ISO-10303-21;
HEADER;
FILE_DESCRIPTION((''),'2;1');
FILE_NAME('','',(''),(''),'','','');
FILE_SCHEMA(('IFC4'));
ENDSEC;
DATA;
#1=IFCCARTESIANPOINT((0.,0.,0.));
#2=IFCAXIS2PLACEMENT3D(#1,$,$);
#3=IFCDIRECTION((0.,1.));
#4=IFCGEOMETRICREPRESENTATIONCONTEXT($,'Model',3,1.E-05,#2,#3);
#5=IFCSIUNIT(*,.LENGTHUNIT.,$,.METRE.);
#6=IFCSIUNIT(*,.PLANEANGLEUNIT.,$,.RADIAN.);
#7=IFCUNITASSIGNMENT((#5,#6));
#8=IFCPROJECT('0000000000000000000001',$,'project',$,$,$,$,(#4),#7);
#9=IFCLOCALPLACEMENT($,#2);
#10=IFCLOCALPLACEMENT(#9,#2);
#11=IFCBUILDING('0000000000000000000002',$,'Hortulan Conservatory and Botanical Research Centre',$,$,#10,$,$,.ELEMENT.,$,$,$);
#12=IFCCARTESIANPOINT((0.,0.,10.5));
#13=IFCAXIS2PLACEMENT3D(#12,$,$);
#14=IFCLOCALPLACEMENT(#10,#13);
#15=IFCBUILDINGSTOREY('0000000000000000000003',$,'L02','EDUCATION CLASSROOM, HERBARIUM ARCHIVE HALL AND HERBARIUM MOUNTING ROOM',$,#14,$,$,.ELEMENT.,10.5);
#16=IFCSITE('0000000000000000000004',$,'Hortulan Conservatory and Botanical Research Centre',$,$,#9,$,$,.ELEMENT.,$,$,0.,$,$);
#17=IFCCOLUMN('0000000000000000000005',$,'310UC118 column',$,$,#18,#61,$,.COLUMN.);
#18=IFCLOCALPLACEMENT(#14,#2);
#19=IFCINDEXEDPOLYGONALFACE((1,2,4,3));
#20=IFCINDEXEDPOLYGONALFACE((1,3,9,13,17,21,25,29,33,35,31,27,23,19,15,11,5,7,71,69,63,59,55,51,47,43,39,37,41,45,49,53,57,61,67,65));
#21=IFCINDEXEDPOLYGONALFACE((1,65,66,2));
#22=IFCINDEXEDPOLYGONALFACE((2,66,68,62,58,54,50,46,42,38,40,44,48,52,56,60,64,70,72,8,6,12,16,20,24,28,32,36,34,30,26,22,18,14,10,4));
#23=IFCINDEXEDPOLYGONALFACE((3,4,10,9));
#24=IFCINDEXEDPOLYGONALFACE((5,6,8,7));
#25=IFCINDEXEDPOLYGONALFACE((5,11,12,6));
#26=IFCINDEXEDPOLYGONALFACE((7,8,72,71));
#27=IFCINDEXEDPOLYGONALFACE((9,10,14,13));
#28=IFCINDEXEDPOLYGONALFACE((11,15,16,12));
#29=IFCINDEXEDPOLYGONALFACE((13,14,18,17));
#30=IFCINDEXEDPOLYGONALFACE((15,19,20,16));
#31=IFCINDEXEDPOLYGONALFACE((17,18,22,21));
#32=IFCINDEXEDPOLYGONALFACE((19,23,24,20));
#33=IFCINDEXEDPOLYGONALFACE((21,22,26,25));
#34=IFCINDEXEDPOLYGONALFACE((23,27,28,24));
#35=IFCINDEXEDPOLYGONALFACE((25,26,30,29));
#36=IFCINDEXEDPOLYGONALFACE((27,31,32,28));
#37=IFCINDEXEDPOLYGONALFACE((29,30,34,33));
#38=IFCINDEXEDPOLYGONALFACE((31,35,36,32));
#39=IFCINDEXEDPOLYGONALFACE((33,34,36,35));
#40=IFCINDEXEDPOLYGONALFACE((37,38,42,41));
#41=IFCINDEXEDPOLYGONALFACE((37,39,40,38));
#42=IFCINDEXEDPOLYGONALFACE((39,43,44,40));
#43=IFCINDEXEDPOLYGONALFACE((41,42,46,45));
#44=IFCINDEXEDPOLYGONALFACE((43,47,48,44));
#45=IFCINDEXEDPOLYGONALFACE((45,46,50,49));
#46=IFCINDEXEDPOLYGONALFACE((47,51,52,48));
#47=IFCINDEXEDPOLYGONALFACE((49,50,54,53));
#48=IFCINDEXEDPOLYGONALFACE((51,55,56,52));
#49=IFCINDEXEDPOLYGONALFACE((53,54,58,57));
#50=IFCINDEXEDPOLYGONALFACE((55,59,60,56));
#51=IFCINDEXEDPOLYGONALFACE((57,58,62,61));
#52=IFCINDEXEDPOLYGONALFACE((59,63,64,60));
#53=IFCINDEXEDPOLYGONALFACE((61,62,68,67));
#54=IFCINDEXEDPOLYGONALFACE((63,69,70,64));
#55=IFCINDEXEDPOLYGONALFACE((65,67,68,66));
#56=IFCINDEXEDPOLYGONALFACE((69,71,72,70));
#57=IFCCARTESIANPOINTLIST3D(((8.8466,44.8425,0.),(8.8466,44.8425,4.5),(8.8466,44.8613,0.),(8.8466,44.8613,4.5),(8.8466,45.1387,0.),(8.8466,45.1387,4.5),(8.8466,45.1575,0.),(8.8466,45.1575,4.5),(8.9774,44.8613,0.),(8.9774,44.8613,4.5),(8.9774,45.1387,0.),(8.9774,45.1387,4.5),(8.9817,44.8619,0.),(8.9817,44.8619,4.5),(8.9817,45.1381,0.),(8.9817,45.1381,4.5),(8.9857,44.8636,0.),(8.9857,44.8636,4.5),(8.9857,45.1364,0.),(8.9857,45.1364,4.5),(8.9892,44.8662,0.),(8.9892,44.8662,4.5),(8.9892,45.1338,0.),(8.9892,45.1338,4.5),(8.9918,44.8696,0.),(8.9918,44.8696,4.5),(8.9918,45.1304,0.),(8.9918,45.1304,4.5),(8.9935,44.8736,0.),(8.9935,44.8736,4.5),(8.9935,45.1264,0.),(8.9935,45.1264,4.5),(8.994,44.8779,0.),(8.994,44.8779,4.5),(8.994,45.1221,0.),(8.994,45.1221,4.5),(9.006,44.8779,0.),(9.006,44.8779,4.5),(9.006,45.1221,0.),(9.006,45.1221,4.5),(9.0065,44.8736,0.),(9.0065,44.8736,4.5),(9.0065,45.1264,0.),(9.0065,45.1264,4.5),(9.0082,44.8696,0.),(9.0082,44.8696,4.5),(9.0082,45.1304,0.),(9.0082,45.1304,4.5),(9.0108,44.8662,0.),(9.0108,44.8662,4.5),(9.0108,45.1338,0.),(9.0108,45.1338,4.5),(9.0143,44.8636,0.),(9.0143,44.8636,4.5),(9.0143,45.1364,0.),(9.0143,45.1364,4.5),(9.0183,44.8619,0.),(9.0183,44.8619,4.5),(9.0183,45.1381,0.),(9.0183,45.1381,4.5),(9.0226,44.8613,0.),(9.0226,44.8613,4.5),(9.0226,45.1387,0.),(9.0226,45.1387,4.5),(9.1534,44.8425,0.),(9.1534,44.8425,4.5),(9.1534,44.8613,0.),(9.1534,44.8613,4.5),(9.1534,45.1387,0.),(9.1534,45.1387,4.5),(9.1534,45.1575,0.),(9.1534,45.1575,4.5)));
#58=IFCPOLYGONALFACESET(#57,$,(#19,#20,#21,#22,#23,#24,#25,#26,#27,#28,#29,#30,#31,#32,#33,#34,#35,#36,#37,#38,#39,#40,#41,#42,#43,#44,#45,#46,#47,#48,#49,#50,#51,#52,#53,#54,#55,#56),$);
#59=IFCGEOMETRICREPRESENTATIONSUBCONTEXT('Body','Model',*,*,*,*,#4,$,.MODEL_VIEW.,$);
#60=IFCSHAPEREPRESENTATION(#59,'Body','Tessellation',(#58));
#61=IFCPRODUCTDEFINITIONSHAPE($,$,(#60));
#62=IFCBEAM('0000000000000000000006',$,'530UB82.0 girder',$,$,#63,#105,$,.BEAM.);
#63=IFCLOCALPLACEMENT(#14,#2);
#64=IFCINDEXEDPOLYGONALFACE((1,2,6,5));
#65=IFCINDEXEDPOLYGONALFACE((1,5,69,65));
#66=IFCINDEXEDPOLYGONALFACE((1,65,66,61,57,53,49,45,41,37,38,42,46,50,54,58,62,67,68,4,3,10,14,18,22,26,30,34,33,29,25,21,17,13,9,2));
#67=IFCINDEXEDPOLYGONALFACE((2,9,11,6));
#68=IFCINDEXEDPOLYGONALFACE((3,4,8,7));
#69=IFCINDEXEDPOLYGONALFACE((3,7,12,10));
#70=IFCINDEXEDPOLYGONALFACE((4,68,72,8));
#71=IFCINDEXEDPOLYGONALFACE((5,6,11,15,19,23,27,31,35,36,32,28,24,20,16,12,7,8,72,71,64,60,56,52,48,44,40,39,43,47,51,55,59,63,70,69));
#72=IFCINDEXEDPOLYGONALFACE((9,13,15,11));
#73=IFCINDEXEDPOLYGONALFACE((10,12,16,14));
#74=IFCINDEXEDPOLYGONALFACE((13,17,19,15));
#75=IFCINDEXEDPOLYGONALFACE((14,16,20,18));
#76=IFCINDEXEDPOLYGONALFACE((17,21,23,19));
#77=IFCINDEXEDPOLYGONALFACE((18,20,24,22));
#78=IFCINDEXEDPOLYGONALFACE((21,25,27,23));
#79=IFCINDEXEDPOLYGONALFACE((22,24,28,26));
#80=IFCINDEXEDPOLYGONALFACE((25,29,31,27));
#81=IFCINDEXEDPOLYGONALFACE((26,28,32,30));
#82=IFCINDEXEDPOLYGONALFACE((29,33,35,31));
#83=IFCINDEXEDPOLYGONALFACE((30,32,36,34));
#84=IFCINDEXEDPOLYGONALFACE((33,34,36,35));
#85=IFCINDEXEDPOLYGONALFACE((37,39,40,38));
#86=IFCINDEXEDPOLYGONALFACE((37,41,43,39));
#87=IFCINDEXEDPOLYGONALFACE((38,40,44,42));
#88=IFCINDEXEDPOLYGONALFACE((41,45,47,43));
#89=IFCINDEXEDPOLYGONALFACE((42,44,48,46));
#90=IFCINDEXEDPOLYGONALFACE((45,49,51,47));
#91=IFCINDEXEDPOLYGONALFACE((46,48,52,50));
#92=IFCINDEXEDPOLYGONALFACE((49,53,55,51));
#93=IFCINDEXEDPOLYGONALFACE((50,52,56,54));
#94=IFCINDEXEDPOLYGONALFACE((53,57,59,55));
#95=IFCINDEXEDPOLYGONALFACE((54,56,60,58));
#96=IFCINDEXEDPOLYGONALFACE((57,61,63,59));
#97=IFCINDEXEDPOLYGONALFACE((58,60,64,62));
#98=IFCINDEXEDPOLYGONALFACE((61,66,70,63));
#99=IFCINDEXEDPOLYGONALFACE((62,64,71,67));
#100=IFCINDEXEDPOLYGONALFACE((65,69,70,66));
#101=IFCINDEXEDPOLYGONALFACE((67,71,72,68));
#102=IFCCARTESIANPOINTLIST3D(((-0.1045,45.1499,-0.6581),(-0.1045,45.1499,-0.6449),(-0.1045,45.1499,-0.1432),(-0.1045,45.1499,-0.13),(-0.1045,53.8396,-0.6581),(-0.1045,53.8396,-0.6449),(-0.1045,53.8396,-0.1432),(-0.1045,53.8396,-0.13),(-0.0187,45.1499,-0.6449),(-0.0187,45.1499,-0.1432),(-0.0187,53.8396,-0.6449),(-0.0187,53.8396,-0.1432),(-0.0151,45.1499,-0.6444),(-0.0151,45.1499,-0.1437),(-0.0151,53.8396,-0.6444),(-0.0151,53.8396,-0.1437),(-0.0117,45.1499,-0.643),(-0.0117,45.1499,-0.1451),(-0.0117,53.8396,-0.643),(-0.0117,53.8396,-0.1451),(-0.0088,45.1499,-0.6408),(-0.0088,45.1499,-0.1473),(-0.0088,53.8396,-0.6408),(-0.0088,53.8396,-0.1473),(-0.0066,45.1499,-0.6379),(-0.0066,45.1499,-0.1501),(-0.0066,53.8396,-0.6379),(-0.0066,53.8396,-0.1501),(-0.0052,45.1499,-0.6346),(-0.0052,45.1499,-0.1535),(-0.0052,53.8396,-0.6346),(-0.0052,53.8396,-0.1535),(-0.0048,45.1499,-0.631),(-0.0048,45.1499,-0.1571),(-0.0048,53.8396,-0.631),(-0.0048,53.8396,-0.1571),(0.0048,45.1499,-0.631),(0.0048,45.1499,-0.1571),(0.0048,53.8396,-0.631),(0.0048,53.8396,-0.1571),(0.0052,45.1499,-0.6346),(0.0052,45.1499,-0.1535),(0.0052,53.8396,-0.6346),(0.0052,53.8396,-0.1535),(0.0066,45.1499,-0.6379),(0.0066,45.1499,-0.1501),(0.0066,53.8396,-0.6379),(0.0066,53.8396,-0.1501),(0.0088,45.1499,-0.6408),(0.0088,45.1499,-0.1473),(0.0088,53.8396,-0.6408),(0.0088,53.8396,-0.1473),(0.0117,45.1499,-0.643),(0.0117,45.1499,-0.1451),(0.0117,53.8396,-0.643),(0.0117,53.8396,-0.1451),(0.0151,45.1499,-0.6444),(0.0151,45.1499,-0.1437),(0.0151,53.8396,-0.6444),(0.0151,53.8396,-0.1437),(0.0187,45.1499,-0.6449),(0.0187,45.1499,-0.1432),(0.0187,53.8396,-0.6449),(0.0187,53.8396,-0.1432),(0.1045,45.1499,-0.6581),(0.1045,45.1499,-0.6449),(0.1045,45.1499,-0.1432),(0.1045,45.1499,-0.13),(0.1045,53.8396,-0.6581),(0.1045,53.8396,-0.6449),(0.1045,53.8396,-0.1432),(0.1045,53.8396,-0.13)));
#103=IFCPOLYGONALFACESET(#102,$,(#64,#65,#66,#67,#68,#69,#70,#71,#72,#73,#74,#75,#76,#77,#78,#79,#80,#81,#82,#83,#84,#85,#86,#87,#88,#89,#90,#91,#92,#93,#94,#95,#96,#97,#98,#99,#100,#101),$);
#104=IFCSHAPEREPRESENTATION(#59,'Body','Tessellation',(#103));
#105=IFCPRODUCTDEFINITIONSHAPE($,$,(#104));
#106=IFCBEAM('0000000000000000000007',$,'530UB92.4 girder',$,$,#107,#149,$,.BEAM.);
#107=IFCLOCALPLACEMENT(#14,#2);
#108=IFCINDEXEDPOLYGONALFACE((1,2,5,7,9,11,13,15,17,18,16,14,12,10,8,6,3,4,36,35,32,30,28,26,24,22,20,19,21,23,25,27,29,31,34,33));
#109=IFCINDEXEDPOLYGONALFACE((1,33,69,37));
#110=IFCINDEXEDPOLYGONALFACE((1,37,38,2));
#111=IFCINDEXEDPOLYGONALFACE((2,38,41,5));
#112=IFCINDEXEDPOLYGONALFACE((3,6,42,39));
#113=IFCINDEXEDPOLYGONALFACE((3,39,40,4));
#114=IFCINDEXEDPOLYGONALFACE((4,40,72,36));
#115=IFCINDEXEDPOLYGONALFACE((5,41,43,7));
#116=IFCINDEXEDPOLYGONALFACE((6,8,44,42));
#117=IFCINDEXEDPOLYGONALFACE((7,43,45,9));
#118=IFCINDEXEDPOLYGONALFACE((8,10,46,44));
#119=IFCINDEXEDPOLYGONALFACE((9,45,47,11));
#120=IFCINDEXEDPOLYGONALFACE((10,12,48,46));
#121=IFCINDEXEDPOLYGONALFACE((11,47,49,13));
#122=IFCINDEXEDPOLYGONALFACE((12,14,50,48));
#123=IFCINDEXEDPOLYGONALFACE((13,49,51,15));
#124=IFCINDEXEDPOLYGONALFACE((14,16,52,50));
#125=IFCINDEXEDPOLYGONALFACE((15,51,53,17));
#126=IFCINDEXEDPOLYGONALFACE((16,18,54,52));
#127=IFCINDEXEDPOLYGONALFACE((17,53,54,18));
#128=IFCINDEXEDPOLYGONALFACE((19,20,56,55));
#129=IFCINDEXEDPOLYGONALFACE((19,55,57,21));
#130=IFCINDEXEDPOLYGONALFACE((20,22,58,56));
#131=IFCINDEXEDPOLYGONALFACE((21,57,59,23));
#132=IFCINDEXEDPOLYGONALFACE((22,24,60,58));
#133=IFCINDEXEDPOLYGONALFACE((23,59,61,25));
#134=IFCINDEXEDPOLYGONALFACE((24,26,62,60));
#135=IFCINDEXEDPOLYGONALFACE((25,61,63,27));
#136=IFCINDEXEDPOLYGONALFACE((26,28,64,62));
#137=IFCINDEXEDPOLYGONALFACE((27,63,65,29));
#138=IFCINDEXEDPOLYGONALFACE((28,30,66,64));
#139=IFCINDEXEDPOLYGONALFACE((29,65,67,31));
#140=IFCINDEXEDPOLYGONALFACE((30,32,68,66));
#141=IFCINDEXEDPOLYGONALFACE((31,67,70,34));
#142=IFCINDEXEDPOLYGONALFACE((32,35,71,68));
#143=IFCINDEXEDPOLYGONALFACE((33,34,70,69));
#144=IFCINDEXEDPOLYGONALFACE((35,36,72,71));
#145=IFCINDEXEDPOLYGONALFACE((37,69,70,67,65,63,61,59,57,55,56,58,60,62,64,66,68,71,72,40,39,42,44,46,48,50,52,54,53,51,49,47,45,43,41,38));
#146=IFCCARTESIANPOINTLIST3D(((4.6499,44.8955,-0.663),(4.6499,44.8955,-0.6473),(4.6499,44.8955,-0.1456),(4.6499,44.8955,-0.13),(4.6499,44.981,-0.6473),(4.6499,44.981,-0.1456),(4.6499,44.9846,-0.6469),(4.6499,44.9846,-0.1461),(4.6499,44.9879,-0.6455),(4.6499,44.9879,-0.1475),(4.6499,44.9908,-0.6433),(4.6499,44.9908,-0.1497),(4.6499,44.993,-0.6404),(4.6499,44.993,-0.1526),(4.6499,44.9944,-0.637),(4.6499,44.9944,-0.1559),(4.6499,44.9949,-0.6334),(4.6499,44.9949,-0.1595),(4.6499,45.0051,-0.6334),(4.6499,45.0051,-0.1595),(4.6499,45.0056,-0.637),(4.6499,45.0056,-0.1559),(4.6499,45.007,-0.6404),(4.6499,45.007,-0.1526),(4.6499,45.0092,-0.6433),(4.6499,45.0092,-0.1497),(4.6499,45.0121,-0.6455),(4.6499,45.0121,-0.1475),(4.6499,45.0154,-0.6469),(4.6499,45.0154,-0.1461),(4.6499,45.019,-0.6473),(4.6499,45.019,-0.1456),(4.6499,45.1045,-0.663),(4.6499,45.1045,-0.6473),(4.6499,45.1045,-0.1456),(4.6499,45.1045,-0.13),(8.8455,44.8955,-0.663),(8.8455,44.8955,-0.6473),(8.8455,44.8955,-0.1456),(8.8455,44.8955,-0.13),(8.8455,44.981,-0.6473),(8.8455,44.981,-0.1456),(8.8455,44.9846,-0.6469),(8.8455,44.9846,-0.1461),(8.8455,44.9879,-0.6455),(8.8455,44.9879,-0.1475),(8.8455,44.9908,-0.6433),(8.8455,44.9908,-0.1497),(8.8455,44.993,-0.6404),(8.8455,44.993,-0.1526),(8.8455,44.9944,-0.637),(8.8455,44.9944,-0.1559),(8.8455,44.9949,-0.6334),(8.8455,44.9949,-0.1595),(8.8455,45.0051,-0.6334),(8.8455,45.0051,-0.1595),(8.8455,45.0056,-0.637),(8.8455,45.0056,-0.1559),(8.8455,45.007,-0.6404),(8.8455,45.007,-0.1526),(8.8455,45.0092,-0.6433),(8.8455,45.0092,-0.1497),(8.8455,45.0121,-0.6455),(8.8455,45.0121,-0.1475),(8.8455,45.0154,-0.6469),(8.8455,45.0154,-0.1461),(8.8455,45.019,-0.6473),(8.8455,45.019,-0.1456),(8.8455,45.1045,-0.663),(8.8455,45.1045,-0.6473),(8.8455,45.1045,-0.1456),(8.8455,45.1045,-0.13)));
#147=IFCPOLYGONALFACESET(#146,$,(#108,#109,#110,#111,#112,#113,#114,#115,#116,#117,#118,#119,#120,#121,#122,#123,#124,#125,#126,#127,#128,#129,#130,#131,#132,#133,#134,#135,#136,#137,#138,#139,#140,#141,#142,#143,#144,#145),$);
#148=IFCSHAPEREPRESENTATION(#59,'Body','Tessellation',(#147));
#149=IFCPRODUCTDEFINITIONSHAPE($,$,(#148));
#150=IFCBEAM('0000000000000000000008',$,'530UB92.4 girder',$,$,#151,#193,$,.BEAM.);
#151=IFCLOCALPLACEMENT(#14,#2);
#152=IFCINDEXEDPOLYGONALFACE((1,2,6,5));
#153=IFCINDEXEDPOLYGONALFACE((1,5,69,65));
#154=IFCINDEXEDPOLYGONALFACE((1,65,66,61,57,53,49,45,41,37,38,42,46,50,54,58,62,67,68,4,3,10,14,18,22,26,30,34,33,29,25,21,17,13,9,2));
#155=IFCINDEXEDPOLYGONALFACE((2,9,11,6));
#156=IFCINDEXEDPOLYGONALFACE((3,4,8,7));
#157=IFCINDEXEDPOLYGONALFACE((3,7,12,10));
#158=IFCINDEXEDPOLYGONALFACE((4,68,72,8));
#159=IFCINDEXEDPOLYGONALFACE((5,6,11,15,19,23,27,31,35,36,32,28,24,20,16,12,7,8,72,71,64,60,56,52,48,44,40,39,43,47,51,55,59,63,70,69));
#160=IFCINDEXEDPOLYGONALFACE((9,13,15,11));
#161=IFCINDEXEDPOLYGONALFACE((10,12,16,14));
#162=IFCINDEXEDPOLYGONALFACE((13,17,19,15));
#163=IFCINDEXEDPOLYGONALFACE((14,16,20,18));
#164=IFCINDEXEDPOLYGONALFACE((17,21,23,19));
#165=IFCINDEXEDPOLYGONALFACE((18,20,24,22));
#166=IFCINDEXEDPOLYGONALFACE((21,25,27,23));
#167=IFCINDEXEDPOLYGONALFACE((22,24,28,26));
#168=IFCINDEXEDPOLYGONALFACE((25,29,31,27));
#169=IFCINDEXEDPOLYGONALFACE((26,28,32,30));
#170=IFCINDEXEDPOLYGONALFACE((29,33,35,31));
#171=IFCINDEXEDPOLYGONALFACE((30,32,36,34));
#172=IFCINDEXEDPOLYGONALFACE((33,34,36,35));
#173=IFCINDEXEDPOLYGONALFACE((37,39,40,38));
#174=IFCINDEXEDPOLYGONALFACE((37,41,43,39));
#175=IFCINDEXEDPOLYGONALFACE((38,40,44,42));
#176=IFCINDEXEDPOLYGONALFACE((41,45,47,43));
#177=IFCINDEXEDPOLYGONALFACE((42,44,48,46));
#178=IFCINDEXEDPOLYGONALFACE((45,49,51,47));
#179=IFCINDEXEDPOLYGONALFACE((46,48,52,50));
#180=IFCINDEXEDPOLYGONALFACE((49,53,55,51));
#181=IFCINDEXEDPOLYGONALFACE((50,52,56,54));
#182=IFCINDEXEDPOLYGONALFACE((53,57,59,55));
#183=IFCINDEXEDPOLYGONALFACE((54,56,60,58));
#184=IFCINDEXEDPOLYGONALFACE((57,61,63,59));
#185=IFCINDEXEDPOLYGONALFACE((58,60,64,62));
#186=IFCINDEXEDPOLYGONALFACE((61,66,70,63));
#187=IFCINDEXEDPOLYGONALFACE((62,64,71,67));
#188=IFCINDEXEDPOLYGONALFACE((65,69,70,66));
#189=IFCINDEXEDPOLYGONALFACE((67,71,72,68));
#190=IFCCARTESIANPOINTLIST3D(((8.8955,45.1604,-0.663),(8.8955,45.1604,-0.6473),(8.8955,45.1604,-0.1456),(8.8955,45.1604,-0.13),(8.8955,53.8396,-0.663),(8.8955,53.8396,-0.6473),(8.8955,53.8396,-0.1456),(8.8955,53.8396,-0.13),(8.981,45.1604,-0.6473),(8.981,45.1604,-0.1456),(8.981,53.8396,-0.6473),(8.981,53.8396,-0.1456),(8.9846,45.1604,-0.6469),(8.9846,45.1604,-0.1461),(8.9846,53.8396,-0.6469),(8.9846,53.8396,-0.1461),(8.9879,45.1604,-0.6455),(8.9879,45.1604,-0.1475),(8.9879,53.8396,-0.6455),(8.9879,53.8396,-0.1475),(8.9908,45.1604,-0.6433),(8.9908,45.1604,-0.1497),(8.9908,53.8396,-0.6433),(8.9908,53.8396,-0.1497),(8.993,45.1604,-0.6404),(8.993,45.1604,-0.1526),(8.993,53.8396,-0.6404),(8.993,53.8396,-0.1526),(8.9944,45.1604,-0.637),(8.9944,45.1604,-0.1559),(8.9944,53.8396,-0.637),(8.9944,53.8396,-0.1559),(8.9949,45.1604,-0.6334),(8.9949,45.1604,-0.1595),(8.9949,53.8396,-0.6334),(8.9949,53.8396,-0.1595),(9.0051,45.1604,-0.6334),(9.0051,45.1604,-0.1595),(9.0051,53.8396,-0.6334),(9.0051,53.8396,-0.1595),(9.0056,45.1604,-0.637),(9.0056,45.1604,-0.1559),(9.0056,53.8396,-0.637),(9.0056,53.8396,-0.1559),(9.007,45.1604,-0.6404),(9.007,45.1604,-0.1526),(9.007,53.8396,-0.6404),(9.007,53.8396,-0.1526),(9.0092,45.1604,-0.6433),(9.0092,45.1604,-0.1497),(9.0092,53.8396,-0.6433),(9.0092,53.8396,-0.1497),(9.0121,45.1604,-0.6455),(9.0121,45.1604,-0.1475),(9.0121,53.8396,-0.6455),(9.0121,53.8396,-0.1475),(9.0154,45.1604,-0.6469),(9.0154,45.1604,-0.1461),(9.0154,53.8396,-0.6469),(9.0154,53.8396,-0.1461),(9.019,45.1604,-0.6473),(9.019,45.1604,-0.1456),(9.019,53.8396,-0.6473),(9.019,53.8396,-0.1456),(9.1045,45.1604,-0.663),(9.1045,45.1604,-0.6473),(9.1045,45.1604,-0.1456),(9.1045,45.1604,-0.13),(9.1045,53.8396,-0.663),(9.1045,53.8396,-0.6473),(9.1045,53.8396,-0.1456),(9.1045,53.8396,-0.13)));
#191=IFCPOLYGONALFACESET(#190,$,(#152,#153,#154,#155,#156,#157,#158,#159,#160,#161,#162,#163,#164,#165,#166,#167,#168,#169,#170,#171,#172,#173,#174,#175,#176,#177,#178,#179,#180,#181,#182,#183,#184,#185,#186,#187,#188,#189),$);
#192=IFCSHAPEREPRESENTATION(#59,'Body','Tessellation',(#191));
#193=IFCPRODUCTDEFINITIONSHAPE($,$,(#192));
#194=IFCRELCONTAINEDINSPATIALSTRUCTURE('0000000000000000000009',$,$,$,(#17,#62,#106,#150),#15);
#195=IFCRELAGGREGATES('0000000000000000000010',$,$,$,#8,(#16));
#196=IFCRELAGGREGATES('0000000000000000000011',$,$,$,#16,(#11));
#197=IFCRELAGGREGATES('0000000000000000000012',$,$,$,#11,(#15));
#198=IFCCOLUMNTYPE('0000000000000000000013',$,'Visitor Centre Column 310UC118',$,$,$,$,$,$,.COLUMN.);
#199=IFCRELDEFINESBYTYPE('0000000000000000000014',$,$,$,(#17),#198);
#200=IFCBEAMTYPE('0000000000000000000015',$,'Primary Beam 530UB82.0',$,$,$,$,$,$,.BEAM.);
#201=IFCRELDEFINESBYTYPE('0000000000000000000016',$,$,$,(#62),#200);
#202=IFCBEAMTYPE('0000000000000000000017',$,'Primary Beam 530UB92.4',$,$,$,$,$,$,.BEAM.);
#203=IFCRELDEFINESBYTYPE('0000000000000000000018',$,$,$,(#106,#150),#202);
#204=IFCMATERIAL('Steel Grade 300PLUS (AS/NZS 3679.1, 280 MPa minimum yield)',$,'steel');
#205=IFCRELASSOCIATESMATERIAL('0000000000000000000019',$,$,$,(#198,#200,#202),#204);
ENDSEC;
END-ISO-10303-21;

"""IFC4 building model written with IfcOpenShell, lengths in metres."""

from ifc_helpers import new_model, si_unit, direction, frame, origin, origin_2d, place, context, subcontext, project, spatial, i_section, extrude, material, material_profile, profile_set, type_object, element, save


model = new_model("IFC4")

# Units and contexts
model_context = context("Model", 3, precision=1e-05, world=origin(), true_north=direction((0.0, 1.0)))
body_context = subcontext(model_context, "Body", "Model", "MODEL_VIEW")
ifc_project = project(units=[si_unit("LENGTHUNIT", "METRE"), si_unit("PLANEANGLEUNIT", "RADIAN")], contexts=[model_context])

# Site, building, storey
site_placement = place(None, origin())
site = spatial("IfcSite", under=ifc_project, at=site_placement, Name="Hortulan Conservatory and Botanical Research Centre", CompositionType="ELEMENT", RefElevation=0.0)
building_placement = place(site_placement, origin())
building = spatial("IfcBuilding", under=site, at=building_placement, Name="Hortulan Conservatory and Botanical Research Centre", CompositionType="ELEMENT")
storey_placement = place(building_placement, frame((0.0, 0.0, 10.5)))
storey = spatial("IfcBuildingStorey", under=building, at=storey_placement, Name="L02", Description="EDUCATION CLASSROOM, HERBARIUM ARCHIVE HALL AND HERBARIUM MOUNTING ROOM", CompositionType="ELEMENT", Elevation=10.5)

# Column
ifc_material_1 = material(Name="Steel Grade 300PLUS (AS/NZS 3679.1, 280 MPa minimum yield)", Category="steel")
ifc_material_profile_1 = material_profile(ifc_material_1, i_section(OverallWidth=0.3069, OverallDepth=0.3149, WebThickness=0.012, FlangeThickness=0.0188, FilletRadius=0.0166, at=origin_2d()), Name="310UC118")
ifc_profile_set_1 = profile_set([ifc_material_profile_1], Name="Steel Grade 300PLUS (AS/NZS 3679.1, 280 MPa minimum yield)")
column_type = type_object("IfcColumnType", Name="Visitor Centre Column 310UC118", PredefinedType="COLUMN", material=ifc_profile_set_1)
column_placement = place(storey_placement, frame((9.0, 45.0, 0.0), z_axis=(0.0, 0.0, 1.0), x_axis=(1.0, 0.0, 0.0)))
element("IfcColumn", 1, at=column_placement, inside=storey, type_object=column_type, Name="310UC118 column", PredefinedType="COLUMN", context=body_context, shape_type="SweptSolid", body=[
    extrude(i_section(OverallWidth=0.3069, OverallDepth=0.3149, WebThickness=0.012, FlangeThickness=0.0188, FilletRadius=0.0166, at=origin_2d()), origin(), (0.0, 0.0, 1.0), 4.5),
])

# Beams
ifc_material_profile_2 = material_profile(ifc_material_1, i_section(OverallWidth=0.209, OverallDepth=0.5281, WebThickness=0.0095, FlangeThickness=0.0132, FilletRadius=0.0139, at=origin_2d()), Name="530UB82.0")
ifc_profile_set_2 = profile_set([ifc_material_profile_2], Name="Steel Grade 300PLUS (AS/NZS 3679.1, 280 MPa minimum yield)")
beam_type_1 = type_object("IfcBeamType", Name="Primary Beam 530UB82.0", PredefinedType="BEAM", material=ifc_profile_set_2)
beam_1_placement = place(storey_placement, frame((0.0, 45.1499, -0.394), z_axis=(0.0, 1.0, 0.0), x_axis=(-1.0, 0.0, 0.0)))
element("IfcBeam", 2, at=beam_1_placement, inside=storey, type_object=beam_type_1, Name="530UB82.0 girder", PredefinedType="BEAM", context=body_context, shape_type="SweptSolid", body=[
    extrude(i_section(OverallWidth=0.209, OverallDepth=0.5281, WebThickness=0.0095, FlangeThickness=0.0132, FilletRadius=0.0139, at=origin_2d()), origin(), (0.0, 0.0, 1.0), 8.6897),
])
ifc_material_profile_3 = material_profile(ifc_material_1, i_section(OverallWidth=0.209, OverallDepth=0.533, WebThickness=0.0103, FlangeThickness=0.0156, FilletRadius=0.0139, at=origin_2d()), Name="530UB92.4")
ifc_profile_set_3 = profile_set([ifc_material_profile_3], Name="Steel Grade 300PLUS (AS/NZS 3679.1, 280 MPa minimum yield)")
beam_type_2 = type_object("IfcBeamType", Name="Primary Beam 530UB92.4", PredefinedType="BEAM", material=ifc_profile_set_3)
beam_2_placement = place(storey_placement, frame((4.6499, 45.0, -0.3965), z_axis=(1.0, 0.0, 0.0), x_axis=(0.0, 1.0, 0.0)))
element("IfcBeam", 3, at=beam_2_placement, inside=storey, type_object=beam_type_2, Name="530UB92.4 girder", PredefinedType="BEAM", context=body_context, shape_type="SweptSolid", body=[
    extrude(i_section(OverallWidth=0.209, OverallDepth=0.533, WebThickness=0.0103, FlangeThickness=0.0156, FilletRadius=0.0139, at=origin_2d()), origin(), (0.0, 0.0, 1.0), 4.1956),
])
beam_3_placement = place(storey_placement, frame((9.0, 45.1604, -0.3965), z_axis=(0.0, 1.0, 0.0), x_axis=(-1.0, 0.0, 0.0)))
element("IfcBeam", 4, at=beam_3_placement, inside=storey, type_object=beam_type_2, Name="530UB92.4 girder", PredefinedType="BEAM", context=body_context, shape_type="SweptSolid", body=[
    extrude(i_section(OverallWidth=0.209, OverallDepth=0.533, WebThickness=0.0103, FlangeThickness=0.0156, FilletRadius=0.0139, at=origin_2d()), origin(), (0.0, 0.0, 1.0), 8.6792),
])

save(model, "model.ifc")
